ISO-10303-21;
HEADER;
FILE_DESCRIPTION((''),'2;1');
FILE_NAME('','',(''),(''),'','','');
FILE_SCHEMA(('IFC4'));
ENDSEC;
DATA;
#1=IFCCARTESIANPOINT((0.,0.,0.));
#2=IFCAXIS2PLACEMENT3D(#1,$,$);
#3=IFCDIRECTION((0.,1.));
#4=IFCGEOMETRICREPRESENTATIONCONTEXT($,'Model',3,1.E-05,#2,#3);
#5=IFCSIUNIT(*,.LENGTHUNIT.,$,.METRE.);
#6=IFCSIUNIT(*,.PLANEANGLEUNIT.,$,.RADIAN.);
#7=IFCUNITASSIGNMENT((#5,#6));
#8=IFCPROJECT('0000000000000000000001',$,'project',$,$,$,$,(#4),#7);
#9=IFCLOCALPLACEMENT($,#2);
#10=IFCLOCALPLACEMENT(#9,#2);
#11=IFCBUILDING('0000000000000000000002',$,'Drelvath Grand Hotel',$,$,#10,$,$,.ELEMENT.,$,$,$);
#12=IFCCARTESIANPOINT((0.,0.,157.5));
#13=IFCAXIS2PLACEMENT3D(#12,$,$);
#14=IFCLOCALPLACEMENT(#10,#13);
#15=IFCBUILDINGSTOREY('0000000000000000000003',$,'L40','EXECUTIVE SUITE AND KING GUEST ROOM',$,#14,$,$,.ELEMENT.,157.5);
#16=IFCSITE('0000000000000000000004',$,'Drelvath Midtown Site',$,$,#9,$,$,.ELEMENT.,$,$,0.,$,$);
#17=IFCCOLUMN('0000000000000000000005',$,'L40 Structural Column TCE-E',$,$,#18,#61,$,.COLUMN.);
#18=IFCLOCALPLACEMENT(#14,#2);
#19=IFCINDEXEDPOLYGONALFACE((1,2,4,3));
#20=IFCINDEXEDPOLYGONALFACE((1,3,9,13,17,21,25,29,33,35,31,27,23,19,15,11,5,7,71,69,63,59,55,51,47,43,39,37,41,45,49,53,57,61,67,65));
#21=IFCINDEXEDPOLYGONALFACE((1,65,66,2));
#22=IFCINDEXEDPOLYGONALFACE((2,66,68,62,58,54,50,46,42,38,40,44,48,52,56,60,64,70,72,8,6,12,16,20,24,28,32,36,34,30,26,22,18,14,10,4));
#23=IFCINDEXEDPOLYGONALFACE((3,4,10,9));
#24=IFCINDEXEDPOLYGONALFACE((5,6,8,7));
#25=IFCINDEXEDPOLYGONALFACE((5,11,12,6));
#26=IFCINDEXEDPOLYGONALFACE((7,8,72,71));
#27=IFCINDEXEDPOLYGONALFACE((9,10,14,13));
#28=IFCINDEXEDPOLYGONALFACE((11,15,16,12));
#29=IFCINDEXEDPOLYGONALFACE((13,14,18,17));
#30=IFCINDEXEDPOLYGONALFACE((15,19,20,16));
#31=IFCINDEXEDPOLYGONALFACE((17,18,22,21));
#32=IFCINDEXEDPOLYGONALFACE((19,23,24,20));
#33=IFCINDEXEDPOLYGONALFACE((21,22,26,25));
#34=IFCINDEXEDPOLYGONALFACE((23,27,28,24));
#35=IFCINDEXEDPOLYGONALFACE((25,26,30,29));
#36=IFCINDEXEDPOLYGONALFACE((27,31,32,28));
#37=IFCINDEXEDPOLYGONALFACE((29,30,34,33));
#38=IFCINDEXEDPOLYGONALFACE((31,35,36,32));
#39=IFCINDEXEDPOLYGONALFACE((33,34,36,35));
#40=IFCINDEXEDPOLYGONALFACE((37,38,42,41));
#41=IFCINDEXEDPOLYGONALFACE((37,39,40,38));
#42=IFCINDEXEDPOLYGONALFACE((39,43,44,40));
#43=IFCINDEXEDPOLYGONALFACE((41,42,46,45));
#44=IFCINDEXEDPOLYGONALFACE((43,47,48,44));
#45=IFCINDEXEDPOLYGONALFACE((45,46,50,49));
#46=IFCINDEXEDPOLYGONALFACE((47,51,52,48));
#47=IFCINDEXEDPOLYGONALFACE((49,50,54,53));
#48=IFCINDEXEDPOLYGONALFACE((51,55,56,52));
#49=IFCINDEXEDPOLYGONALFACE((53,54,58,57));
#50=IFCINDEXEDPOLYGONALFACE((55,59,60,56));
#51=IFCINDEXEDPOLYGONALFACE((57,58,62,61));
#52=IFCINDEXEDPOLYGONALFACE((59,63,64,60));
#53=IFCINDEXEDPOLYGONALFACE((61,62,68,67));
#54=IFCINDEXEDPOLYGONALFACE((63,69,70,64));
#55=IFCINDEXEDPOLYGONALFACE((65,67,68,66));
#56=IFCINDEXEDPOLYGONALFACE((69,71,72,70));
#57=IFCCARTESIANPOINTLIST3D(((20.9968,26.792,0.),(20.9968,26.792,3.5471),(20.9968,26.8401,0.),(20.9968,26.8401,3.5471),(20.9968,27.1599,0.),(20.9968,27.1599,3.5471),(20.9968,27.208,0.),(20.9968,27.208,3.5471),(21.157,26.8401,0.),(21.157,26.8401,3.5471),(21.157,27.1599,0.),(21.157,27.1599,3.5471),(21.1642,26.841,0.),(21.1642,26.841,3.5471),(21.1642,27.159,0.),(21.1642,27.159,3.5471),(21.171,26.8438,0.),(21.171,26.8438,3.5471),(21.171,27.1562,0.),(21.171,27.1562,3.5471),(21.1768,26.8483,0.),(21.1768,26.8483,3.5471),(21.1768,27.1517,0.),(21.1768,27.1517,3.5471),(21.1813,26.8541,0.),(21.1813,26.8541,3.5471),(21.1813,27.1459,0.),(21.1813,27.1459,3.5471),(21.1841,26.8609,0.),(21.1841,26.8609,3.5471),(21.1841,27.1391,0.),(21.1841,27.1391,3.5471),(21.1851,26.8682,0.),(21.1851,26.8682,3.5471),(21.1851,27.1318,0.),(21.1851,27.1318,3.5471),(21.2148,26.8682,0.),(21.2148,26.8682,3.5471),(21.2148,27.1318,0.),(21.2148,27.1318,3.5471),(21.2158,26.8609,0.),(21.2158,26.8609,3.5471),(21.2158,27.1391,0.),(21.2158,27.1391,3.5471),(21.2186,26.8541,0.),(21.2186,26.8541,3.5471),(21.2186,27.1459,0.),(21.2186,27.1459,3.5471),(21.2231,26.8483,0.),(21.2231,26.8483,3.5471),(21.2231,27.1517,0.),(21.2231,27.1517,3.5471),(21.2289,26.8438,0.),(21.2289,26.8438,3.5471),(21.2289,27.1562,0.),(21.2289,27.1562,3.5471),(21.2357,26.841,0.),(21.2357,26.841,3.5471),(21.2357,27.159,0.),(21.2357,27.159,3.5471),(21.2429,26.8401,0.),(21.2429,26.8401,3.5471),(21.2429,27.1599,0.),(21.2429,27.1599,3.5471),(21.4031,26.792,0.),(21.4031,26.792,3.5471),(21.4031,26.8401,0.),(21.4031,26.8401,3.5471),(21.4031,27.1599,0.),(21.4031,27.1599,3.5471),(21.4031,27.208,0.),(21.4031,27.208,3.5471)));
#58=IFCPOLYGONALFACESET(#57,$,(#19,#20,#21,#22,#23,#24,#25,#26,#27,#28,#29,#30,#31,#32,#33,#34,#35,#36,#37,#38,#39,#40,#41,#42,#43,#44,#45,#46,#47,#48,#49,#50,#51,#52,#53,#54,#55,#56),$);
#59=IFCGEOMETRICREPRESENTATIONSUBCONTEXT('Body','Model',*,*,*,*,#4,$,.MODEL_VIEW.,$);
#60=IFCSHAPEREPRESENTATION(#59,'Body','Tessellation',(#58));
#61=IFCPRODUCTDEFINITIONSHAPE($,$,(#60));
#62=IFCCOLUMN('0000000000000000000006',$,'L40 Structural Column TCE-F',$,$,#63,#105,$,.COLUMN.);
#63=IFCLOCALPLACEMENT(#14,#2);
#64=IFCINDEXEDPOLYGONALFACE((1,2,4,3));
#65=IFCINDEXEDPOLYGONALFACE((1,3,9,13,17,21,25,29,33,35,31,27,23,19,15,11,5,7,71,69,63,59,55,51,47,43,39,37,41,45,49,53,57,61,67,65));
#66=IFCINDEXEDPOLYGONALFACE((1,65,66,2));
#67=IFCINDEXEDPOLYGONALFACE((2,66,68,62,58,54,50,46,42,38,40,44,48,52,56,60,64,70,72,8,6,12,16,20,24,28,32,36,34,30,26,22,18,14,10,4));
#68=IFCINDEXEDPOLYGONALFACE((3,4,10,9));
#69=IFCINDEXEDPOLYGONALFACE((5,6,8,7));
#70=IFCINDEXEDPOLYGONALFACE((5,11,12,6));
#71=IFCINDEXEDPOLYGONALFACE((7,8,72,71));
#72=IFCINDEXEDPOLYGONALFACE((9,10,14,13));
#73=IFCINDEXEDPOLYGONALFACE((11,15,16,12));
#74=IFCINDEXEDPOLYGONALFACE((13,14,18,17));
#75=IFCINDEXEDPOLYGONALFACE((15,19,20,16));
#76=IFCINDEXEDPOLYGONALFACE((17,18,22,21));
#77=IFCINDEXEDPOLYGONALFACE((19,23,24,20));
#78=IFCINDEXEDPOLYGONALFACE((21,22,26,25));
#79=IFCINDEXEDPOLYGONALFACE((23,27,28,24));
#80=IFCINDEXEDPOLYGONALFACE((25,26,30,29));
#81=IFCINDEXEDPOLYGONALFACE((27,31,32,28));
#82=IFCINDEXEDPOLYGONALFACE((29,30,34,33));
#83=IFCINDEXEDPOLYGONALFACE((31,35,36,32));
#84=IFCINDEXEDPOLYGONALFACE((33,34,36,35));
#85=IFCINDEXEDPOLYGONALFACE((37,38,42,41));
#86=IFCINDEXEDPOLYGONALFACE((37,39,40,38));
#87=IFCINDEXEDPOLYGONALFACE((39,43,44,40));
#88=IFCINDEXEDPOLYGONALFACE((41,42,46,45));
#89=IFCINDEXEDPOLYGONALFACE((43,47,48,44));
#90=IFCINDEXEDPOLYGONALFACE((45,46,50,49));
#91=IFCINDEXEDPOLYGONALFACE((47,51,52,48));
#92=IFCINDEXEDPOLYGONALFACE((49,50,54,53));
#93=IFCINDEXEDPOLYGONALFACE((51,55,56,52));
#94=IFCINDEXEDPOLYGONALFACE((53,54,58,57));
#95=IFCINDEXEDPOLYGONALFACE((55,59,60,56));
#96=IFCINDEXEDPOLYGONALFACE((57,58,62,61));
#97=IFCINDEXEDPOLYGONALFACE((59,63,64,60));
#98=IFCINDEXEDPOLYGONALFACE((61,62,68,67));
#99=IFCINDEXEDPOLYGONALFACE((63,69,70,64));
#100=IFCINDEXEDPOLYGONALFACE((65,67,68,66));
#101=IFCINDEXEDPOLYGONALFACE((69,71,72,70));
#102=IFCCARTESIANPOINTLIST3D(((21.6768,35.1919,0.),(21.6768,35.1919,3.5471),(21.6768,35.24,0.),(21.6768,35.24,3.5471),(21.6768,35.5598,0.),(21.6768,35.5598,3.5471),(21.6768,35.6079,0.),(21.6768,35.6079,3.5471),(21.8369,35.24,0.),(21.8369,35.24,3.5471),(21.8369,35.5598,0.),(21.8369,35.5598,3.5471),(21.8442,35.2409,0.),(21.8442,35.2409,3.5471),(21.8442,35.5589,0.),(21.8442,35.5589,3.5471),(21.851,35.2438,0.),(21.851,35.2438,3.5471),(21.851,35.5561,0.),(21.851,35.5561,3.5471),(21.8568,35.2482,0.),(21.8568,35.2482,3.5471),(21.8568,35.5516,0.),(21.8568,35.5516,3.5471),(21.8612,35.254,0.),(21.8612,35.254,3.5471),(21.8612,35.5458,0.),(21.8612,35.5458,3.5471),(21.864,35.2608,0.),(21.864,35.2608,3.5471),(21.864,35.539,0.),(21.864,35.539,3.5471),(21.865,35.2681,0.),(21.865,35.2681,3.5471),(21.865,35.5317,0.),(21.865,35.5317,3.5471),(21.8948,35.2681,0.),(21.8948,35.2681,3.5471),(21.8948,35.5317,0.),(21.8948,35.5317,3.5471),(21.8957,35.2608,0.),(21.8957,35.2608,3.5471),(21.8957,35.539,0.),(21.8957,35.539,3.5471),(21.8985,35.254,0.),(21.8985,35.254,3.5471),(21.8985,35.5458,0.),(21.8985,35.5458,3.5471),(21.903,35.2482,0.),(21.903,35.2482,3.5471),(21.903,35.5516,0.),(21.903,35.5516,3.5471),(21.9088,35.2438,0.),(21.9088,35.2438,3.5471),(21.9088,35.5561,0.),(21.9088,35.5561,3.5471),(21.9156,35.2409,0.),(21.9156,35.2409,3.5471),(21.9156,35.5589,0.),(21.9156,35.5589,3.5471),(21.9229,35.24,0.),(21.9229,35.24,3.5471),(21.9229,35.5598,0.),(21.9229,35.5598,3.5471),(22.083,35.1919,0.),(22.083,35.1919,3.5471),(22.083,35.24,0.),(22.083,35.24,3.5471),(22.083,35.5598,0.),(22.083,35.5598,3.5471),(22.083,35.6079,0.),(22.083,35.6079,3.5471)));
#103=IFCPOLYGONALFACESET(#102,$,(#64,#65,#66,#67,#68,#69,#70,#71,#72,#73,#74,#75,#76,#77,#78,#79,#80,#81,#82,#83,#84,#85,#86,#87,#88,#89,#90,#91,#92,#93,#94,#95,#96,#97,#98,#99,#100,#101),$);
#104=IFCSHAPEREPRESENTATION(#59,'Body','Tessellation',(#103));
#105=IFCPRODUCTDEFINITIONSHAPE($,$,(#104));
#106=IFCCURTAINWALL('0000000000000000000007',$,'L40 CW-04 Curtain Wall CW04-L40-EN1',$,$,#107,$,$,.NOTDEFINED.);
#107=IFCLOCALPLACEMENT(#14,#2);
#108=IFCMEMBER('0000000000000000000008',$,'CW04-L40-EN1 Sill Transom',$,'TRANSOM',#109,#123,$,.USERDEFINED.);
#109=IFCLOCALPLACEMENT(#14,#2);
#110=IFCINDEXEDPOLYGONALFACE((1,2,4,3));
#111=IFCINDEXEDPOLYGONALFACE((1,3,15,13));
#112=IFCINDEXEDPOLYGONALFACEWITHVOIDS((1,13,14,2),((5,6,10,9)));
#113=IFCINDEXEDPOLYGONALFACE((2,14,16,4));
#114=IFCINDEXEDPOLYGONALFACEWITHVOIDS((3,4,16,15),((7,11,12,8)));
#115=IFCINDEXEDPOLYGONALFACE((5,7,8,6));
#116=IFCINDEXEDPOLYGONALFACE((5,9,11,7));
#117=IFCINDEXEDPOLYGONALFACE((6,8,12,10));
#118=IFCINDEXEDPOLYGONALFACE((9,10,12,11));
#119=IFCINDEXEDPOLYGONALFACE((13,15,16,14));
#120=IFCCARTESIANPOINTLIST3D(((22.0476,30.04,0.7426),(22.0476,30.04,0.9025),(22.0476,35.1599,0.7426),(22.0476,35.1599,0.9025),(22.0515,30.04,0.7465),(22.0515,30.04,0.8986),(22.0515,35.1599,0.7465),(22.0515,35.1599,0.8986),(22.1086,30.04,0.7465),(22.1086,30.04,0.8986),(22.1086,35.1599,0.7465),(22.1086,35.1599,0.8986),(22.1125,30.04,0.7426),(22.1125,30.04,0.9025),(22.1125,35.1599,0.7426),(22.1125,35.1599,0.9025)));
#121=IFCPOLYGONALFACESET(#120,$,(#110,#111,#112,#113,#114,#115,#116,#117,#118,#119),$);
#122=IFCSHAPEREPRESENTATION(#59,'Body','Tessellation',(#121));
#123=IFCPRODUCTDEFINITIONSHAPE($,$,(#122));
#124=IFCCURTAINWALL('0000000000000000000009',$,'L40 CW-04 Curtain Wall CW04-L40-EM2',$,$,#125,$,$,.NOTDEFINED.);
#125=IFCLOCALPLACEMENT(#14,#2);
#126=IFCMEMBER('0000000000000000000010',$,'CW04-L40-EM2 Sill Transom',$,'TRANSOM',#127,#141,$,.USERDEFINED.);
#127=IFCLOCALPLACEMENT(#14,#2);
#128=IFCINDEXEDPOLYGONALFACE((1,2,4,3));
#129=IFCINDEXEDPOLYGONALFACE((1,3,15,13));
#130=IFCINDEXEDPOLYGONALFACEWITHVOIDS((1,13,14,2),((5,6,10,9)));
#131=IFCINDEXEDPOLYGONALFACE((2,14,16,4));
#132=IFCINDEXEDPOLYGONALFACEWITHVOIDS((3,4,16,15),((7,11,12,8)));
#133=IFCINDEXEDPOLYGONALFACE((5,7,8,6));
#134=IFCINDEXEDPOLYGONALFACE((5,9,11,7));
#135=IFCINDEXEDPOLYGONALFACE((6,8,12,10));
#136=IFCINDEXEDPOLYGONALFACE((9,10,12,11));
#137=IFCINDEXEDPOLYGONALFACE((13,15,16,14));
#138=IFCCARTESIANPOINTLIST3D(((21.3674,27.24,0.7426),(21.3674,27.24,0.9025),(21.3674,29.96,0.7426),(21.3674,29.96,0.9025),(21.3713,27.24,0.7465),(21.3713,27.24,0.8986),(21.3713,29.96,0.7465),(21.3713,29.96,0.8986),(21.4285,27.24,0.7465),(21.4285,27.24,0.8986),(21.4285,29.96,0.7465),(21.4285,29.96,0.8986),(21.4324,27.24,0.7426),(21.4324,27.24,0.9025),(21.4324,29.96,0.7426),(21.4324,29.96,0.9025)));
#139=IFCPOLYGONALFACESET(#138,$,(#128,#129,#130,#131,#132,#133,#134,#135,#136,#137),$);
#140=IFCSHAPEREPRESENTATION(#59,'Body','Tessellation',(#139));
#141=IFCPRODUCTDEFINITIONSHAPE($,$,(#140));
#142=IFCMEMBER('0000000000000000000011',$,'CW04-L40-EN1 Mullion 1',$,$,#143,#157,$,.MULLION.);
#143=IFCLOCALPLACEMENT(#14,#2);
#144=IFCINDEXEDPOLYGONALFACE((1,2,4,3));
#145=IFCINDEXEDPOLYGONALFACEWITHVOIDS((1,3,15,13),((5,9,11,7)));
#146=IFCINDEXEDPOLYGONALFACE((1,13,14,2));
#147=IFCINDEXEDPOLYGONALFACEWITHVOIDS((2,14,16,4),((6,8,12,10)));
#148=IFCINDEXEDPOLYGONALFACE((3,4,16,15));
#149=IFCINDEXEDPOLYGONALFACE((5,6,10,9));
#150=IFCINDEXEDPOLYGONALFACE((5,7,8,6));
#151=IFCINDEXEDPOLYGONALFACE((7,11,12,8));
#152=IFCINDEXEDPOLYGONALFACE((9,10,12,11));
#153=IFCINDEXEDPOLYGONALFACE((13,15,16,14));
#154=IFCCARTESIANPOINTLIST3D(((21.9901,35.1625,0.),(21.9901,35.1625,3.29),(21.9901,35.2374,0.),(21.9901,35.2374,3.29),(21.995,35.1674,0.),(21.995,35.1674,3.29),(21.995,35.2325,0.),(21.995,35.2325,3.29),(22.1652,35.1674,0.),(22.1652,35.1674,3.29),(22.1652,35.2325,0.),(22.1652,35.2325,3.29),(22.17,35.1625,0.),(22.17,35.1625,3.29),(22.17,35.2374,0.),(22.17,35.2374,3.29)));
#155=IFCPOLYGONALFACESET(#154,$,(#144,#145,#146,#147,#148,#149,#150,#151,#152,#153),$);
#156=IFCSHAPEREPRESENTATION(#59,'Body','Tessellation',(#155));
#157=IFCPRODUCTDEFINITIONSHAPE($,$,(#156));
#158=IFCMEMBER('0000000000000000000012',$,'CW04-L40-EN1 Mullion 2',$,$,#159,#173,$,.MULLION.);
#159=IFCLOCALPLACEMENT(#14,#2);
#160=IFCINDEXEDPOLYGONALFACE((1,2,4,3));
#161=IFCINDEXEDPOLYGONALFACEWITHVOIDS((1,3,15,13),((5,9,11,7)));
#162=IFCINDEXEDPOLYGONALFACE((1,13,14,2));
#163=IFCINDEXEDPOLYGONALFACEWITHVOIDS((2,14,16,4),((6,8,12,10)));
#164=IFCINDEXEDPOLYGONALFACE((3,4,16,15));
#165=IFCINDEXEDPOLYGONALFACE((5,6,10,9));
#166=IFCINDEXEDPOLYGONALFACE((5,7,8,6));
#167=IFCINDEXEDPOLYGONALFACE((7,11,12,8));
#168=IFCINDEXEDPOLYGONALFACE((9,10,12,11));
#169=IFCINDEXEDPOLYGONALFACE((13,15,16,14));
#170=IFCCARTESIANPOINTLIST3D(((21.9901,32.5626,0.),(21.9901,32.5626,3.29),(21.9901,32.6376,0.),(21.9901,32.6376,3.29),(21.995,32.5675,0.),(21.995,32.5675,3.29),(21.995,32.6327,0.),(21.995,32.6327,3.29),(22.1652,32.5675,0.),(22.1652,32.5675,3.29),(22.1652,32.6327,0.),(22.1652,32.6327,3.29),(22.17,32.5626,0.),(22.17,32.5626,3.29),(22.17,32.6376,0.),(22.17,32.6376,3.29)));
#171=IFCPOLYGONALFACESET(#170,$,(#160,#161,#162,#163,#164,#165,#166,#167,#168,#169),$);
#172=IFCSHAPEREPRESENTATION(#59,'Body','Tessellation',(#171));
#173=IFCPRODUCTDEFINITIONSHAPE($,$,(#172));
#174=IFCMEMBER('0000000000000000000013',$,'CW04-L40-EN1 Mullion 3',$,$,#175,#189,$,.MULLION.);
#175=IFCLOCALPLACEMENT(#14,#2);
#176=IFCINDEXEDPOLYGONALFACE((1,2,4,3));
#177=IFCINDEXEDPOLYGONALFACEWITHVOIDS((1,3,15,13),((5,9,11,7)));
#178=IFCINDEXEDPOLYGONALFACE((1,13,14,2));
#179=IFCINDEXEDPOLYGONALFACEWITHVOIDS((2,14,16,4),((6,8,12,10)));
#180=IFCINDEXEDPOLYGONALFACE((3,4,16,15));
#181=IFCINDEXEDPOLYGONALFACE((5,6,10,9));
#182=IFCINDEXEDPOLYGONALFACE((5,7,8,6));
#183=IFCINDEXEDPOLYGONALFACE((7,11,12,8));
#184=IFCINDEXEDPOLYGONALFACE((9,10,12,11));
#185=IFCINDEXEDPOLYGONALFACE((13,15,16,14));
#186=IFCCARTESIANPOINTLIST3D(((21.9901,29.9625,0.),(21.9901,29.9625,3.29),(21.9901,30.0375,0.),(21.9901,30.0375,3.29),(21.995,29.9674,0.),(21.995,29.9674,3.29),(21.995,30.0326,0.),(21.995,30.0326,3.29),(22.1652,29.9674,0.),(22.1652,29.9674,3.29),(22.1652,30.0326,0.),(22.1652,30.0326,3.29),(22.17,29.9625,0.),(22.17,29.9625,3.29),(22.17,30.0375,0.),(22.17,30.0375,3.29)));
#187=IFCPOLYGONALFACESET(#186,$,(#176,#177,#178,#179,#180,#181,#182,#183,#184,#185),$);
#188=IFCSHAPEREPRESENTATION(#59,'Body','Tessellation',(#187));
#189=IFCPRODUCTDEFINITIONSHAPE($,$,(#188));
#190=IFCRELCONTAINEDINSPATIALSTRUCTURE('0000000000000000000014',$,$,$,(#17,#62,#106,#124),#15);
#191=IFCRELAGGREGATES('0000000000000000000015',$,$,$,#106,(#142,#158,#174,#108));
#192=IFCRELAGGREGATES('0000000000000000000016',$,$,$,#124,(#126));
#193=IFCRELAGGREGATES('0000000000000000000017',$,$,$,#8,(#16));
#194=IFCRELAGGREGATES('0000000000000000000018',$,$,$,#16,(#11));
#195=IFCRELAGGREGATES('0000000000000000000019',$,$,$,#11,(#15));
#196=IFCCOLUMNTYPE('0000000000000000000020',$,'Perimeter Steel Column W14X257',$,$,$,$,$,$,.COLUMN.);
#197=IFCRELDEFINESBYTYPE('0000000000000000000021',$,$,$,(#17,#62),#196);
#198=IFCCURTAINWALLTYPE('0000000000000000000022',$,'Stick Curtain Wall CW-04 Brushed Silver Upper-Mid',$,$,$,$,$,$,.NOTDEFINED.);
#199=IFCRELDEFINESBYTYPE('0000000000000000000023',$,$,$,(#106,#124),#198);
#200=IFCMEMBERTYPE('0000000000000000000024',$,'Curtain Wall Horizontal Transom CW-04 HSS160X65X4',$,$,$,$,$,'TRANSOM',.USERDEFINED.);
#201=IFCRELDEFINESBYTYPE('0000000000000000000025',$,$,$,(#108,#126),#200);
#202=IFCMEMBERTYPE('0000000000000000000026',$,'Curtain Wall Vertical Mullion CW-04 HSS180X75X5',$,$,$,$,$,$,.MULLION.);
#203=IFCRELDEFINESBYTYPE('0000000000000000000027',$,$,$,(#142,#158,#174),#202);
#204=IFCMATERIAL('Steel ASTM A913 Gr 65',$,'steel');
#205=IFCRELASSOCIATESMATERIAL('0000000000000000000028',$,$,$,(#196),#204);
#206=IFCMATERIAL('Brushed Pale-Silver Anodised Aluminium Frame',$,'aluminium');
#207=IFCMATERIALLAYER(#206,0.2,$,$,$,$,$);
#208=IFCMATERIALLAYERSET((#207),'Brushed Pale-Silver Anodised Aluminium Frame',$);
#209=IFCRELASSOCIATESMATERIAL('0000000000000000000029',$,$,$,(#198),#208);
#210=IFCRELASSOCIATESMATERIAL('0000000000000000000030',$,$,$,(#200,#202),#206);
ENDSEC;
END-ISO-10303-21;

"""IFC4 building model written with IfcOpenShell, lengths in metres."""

from ifc_helpers import new_model, si_unit, direction, frame, origin, origin_2d, place, context, subcontext, project, spatial, hollow_rectangle, i_section, extrude, material, layer, layer_set, material_profile, profile_set, type_object, element, aggregate, save


model = new_model("IFC4")

# Units and contexts
model_context = context("Model", 3, precision=1e-05, world=origin(), true_north=direction((0.0, 1.0)))
body_context = subcontext(model_context, "Body", "Model", "MODEL_VIEW")
ifc_project = project(units=[si_unit("LENGTHUNIT", "METRE"), si_unit("PLANEANGLEUNIT", "RADIAN")], contexts=[model_context])

# Site, building, storey
site_placement = place(None, origin())
site = spatial("IfcSite", under=ifc_project, at=site_placement, Name="Drelvath Midtown Site", CompositionType="ELEMENT", RefElevation=0.0)
building_placement = place(site_placement, origin())
building = spatial("IfcBuilding", under=site, at=building_placement, Name="Drelvath Grand Hotel", CompositionType="ELEMENT")
storey_placement = place(building_placement, frame((0.0, 0.0, 157.5)))
storey = spatial("IfcBuildingStorey", under=building, at=storey_placement, Name="L40", Description="EXECUTIVE SUITE AND KING GUEST ROOM", CompositionType="ELEMENT", Elevation=157.5)

# Columns
ifc_material_1 = material(Name="Steel ASTM A913 Gr 65", Category="steel")
ifc_material_profile_1 = material_profile(ifc_material_1, i_section(OverallWidth=0.4062, OverallDepth=0.416, WebThickness=0.0298, FlangeThickness=0.0481, FilletRadius=0.0281, at=origin_2d()), Name="W14X257")
ifc_profile_set_1 = profile_set([ifc_material_profile_1], Name="Steel ASTM A913 Gr 65")
column_type = type_object("IfcColumnType", Name="Perimeter Steel Column W14X257", PredefinedType="COLUMN", material=ifc_profile_set_1)
for number, where, z_axis, x_axis, name in (
    (1, (21.2, 27.0, 0.0), (0.0, 0.0, 1.0), (1.0, 0.0, 0.0), "L40 Structural Column TCE-E"),
    (2, (21.8799, 35.3999, 0.0), (0.0, 0.0, 1.0), (1.0, 0.0, 0.0), "L40 Structural Column TCE-F"),
):
    element("IfcColumn", number, at=place(storey_placement, frame(where, z_axis=z_axis, x_axis=x_axis)), inside=storey, type_object=column_type, Name=name, PredefinedType="COLUMN", context=body_context, shape_type="SweptSolid", body=[
        extrude(i_section(OverallWidth=0.4062, OverallDepth=0.416, WebThickness=0.0298, FlangeThickness=0.0481, FilletRadius=0.0281, at=origin_2d()), origin(), (0.0, 0.0, 1.0), 3.5471),
    ])

# Curtain walls, members
ifc_material_2 = material(Name="Brushed Pale-Silver Anodised Aluminium Frame", Category="aluminium")
ifc_layer_1 = layer(ifc_material_2, 0.2)
ifc_layer_set_1 = layer_set([ifc_layer_1], Name="Brushed Pale-Silver Anodised Aluminium Frame")
curtain_wall_type = type_object("IfcCurtainWallType", Name="Stick Curtain Wall CW-04 Brushed Silver Upper-Mid", PredefinedType="NOTDEFINED", material=ifc_layer_set_1)
curtain_wall_1_placement = place(storey_placement, origin())
curtain_wall_1 = element("IfcCurtainWall", 3, at=curtain_wall_1_placement, inside=storey, type_object=curtain_wall_type, Name="L40 CW-04 Curtain Wall CW04-L40-EN1", PredefinedType="NOTDEFINED")
ifc_material_profile_2 = material_profile(ifc_material_2, hollow_rectangle(XDim=0.0649, YDim=0.1599, WallThickness=0.0039, at=origin_2d()), Name="HSS160X65X4")
ifc_profile_set_2 = profile_set([ifc_material_profile_2], Name="Brushed Pale-Silver Anodised Aluminium Frame")
member_type_1 = type_object("IfcMemberType", Name="Curtain Wall Horizontal Transom CW-04 HSS160X65X4", ElementType="TRANSOM", PredefinedType="USERDEFINED", material=ifc_profile_set_2)
member_1_placement = place(storey_placement, frame((22.0801, 35.1599, 0.8225), z_axis=(0.0, -1.0, 0.0), x_axis=(1.0, 0.0, 0.0)))
member_1 = element("IfcMember", 4, at=member_1_placement, type_object=member_type_1, Name="CW04-L40-EN1 Sill Transom", ObjectType="TRANSOM", PredefinedType="USERDEFINED", context=body_context, shape_type="SweptSolid", body=[
    extrude(hollow_rectangle(XDim=0.0649, YDim=0.1599, WallThickness=0.0039, at=origin_2d()), origin(), (0.0, 0.0, 1.0), 5.1199),
])
curtain_wall_2_placement = place(storey_placement, origin())
curtain_wall_2 = element("IfcCurtainWall", 5, at=curtain_wall_2_placement, inside=storey, type_object=curtain_wall_type, Name="L40 CW-04 Curtain Wall CW04-L40-EM2", PredefinedType="NOTDEFINED")
member_2_placement = place(storey_placement, frame((21.3999, 29.96, 0.8225), z_axis=(0.0, -1.0, 0.0), x_axis=(1.0, 0.0, 0.0)))
member_2 = element("IfcMember", 6, at=member_2_placement, type_object=member_type_1, Name="CW04-L40-EM2 Sill Transom", ObjectType="TRANSOM", PredefinedType="USERDEFINED", context=body_context, shape_type="SweptSolid", body=[
    extrude(hollow_rectangle(XDim=0.0649, YDim=0.1599, WallThickness=0.0039, at=origin_2d()), origin(), (0.0, 0.0, 1.0), 2.72),
])

# Members
ifc_material_profile_3 = material_profile(ifc_material_2, hollow_rectangle(XDim=0.075, YDim=0.1799, WallThickness=0.0049, at=origin_2d()), Name="HSS180X75X5")
ifc_profile_set_3 = profile_set([ifc_material_profile_3], Name="Brushed Pale-Silver Anodised Aluminium Frame")
member_type_2 = type_object("IfcMemberType", Name="Curtain Wall Vertical Mullion CW-04 HSS180X75X5", PredefinedType="MULLION", material=ifc_profile_set_3)
member_3_placement = place(storey_placement, frame((22.0801, 35.2, 0.0), z_axis=(0.0, 0.0, 1.0), x_axis=(0.0, 1.0, 0.0)))
member_3 = element("IfcMember", 7, at=member_3_placement, type_object=member_type_2, Name="CW04-L40-EN1 Mullion 1", PredefinedType="MULLION", context=body_context, shape_type="SweptSolid", body=[
    extrude(hollow_rectangle(XDim=0.075, YDim=0.1799, WallThickness=0.0049, at=origin_2d()), origin(), (0.0, 0.0, 1.0), 3.29),
])
member_4_placement = place(storey_placement, frame((22.0801, 32.6001, 0.0), z_axis=(0.0, 0.0, 1.0), x_axis=(0.0, 1.0, 0.0)))
member_4 = element("IfcMember", 8, at=member_4_placement, type_object=member_type_2, Name="CW04-L40-EN1 Mullion 2", PredefinedType="MULLION", context=body_context, shape_type="SweptSolid", body=[
    extrude(hollow_rectangle(XDim=0.075, YDim=0.1799, WallThickness=0.0049, at=origin_2d()), origin(), (0.0, 0.0, 1.0), 3.29),
])
member_5_placement = place(storey_placement, frame((22.0801, 30.0, 0.0), z_axis=(0.0, 0.0, 1.0), x_axis=(0.0, 1.0, 0.0)))
member_5 = element("IfcMember", 9, at=member_5_placement, type_object=member_type_2, Name="CW04-L40-EN1 Mullion 3", PredefinedType="MULLION", context=body_context, shape_type="SweptSolid", body=[
    extrude(hollow_rectangle(XDim=0.075, YDim=0.1799, WallThickness=0.0049, at=origin_2d()), origin(), (0.0, 0.0, 1.0), 3.29),
])

aggregate(curtain_wall_1, [member_3, member_4, member_5, member_1])
aggregate(curtain_wall_2, [member_2])

save(model, "model.ifc")
